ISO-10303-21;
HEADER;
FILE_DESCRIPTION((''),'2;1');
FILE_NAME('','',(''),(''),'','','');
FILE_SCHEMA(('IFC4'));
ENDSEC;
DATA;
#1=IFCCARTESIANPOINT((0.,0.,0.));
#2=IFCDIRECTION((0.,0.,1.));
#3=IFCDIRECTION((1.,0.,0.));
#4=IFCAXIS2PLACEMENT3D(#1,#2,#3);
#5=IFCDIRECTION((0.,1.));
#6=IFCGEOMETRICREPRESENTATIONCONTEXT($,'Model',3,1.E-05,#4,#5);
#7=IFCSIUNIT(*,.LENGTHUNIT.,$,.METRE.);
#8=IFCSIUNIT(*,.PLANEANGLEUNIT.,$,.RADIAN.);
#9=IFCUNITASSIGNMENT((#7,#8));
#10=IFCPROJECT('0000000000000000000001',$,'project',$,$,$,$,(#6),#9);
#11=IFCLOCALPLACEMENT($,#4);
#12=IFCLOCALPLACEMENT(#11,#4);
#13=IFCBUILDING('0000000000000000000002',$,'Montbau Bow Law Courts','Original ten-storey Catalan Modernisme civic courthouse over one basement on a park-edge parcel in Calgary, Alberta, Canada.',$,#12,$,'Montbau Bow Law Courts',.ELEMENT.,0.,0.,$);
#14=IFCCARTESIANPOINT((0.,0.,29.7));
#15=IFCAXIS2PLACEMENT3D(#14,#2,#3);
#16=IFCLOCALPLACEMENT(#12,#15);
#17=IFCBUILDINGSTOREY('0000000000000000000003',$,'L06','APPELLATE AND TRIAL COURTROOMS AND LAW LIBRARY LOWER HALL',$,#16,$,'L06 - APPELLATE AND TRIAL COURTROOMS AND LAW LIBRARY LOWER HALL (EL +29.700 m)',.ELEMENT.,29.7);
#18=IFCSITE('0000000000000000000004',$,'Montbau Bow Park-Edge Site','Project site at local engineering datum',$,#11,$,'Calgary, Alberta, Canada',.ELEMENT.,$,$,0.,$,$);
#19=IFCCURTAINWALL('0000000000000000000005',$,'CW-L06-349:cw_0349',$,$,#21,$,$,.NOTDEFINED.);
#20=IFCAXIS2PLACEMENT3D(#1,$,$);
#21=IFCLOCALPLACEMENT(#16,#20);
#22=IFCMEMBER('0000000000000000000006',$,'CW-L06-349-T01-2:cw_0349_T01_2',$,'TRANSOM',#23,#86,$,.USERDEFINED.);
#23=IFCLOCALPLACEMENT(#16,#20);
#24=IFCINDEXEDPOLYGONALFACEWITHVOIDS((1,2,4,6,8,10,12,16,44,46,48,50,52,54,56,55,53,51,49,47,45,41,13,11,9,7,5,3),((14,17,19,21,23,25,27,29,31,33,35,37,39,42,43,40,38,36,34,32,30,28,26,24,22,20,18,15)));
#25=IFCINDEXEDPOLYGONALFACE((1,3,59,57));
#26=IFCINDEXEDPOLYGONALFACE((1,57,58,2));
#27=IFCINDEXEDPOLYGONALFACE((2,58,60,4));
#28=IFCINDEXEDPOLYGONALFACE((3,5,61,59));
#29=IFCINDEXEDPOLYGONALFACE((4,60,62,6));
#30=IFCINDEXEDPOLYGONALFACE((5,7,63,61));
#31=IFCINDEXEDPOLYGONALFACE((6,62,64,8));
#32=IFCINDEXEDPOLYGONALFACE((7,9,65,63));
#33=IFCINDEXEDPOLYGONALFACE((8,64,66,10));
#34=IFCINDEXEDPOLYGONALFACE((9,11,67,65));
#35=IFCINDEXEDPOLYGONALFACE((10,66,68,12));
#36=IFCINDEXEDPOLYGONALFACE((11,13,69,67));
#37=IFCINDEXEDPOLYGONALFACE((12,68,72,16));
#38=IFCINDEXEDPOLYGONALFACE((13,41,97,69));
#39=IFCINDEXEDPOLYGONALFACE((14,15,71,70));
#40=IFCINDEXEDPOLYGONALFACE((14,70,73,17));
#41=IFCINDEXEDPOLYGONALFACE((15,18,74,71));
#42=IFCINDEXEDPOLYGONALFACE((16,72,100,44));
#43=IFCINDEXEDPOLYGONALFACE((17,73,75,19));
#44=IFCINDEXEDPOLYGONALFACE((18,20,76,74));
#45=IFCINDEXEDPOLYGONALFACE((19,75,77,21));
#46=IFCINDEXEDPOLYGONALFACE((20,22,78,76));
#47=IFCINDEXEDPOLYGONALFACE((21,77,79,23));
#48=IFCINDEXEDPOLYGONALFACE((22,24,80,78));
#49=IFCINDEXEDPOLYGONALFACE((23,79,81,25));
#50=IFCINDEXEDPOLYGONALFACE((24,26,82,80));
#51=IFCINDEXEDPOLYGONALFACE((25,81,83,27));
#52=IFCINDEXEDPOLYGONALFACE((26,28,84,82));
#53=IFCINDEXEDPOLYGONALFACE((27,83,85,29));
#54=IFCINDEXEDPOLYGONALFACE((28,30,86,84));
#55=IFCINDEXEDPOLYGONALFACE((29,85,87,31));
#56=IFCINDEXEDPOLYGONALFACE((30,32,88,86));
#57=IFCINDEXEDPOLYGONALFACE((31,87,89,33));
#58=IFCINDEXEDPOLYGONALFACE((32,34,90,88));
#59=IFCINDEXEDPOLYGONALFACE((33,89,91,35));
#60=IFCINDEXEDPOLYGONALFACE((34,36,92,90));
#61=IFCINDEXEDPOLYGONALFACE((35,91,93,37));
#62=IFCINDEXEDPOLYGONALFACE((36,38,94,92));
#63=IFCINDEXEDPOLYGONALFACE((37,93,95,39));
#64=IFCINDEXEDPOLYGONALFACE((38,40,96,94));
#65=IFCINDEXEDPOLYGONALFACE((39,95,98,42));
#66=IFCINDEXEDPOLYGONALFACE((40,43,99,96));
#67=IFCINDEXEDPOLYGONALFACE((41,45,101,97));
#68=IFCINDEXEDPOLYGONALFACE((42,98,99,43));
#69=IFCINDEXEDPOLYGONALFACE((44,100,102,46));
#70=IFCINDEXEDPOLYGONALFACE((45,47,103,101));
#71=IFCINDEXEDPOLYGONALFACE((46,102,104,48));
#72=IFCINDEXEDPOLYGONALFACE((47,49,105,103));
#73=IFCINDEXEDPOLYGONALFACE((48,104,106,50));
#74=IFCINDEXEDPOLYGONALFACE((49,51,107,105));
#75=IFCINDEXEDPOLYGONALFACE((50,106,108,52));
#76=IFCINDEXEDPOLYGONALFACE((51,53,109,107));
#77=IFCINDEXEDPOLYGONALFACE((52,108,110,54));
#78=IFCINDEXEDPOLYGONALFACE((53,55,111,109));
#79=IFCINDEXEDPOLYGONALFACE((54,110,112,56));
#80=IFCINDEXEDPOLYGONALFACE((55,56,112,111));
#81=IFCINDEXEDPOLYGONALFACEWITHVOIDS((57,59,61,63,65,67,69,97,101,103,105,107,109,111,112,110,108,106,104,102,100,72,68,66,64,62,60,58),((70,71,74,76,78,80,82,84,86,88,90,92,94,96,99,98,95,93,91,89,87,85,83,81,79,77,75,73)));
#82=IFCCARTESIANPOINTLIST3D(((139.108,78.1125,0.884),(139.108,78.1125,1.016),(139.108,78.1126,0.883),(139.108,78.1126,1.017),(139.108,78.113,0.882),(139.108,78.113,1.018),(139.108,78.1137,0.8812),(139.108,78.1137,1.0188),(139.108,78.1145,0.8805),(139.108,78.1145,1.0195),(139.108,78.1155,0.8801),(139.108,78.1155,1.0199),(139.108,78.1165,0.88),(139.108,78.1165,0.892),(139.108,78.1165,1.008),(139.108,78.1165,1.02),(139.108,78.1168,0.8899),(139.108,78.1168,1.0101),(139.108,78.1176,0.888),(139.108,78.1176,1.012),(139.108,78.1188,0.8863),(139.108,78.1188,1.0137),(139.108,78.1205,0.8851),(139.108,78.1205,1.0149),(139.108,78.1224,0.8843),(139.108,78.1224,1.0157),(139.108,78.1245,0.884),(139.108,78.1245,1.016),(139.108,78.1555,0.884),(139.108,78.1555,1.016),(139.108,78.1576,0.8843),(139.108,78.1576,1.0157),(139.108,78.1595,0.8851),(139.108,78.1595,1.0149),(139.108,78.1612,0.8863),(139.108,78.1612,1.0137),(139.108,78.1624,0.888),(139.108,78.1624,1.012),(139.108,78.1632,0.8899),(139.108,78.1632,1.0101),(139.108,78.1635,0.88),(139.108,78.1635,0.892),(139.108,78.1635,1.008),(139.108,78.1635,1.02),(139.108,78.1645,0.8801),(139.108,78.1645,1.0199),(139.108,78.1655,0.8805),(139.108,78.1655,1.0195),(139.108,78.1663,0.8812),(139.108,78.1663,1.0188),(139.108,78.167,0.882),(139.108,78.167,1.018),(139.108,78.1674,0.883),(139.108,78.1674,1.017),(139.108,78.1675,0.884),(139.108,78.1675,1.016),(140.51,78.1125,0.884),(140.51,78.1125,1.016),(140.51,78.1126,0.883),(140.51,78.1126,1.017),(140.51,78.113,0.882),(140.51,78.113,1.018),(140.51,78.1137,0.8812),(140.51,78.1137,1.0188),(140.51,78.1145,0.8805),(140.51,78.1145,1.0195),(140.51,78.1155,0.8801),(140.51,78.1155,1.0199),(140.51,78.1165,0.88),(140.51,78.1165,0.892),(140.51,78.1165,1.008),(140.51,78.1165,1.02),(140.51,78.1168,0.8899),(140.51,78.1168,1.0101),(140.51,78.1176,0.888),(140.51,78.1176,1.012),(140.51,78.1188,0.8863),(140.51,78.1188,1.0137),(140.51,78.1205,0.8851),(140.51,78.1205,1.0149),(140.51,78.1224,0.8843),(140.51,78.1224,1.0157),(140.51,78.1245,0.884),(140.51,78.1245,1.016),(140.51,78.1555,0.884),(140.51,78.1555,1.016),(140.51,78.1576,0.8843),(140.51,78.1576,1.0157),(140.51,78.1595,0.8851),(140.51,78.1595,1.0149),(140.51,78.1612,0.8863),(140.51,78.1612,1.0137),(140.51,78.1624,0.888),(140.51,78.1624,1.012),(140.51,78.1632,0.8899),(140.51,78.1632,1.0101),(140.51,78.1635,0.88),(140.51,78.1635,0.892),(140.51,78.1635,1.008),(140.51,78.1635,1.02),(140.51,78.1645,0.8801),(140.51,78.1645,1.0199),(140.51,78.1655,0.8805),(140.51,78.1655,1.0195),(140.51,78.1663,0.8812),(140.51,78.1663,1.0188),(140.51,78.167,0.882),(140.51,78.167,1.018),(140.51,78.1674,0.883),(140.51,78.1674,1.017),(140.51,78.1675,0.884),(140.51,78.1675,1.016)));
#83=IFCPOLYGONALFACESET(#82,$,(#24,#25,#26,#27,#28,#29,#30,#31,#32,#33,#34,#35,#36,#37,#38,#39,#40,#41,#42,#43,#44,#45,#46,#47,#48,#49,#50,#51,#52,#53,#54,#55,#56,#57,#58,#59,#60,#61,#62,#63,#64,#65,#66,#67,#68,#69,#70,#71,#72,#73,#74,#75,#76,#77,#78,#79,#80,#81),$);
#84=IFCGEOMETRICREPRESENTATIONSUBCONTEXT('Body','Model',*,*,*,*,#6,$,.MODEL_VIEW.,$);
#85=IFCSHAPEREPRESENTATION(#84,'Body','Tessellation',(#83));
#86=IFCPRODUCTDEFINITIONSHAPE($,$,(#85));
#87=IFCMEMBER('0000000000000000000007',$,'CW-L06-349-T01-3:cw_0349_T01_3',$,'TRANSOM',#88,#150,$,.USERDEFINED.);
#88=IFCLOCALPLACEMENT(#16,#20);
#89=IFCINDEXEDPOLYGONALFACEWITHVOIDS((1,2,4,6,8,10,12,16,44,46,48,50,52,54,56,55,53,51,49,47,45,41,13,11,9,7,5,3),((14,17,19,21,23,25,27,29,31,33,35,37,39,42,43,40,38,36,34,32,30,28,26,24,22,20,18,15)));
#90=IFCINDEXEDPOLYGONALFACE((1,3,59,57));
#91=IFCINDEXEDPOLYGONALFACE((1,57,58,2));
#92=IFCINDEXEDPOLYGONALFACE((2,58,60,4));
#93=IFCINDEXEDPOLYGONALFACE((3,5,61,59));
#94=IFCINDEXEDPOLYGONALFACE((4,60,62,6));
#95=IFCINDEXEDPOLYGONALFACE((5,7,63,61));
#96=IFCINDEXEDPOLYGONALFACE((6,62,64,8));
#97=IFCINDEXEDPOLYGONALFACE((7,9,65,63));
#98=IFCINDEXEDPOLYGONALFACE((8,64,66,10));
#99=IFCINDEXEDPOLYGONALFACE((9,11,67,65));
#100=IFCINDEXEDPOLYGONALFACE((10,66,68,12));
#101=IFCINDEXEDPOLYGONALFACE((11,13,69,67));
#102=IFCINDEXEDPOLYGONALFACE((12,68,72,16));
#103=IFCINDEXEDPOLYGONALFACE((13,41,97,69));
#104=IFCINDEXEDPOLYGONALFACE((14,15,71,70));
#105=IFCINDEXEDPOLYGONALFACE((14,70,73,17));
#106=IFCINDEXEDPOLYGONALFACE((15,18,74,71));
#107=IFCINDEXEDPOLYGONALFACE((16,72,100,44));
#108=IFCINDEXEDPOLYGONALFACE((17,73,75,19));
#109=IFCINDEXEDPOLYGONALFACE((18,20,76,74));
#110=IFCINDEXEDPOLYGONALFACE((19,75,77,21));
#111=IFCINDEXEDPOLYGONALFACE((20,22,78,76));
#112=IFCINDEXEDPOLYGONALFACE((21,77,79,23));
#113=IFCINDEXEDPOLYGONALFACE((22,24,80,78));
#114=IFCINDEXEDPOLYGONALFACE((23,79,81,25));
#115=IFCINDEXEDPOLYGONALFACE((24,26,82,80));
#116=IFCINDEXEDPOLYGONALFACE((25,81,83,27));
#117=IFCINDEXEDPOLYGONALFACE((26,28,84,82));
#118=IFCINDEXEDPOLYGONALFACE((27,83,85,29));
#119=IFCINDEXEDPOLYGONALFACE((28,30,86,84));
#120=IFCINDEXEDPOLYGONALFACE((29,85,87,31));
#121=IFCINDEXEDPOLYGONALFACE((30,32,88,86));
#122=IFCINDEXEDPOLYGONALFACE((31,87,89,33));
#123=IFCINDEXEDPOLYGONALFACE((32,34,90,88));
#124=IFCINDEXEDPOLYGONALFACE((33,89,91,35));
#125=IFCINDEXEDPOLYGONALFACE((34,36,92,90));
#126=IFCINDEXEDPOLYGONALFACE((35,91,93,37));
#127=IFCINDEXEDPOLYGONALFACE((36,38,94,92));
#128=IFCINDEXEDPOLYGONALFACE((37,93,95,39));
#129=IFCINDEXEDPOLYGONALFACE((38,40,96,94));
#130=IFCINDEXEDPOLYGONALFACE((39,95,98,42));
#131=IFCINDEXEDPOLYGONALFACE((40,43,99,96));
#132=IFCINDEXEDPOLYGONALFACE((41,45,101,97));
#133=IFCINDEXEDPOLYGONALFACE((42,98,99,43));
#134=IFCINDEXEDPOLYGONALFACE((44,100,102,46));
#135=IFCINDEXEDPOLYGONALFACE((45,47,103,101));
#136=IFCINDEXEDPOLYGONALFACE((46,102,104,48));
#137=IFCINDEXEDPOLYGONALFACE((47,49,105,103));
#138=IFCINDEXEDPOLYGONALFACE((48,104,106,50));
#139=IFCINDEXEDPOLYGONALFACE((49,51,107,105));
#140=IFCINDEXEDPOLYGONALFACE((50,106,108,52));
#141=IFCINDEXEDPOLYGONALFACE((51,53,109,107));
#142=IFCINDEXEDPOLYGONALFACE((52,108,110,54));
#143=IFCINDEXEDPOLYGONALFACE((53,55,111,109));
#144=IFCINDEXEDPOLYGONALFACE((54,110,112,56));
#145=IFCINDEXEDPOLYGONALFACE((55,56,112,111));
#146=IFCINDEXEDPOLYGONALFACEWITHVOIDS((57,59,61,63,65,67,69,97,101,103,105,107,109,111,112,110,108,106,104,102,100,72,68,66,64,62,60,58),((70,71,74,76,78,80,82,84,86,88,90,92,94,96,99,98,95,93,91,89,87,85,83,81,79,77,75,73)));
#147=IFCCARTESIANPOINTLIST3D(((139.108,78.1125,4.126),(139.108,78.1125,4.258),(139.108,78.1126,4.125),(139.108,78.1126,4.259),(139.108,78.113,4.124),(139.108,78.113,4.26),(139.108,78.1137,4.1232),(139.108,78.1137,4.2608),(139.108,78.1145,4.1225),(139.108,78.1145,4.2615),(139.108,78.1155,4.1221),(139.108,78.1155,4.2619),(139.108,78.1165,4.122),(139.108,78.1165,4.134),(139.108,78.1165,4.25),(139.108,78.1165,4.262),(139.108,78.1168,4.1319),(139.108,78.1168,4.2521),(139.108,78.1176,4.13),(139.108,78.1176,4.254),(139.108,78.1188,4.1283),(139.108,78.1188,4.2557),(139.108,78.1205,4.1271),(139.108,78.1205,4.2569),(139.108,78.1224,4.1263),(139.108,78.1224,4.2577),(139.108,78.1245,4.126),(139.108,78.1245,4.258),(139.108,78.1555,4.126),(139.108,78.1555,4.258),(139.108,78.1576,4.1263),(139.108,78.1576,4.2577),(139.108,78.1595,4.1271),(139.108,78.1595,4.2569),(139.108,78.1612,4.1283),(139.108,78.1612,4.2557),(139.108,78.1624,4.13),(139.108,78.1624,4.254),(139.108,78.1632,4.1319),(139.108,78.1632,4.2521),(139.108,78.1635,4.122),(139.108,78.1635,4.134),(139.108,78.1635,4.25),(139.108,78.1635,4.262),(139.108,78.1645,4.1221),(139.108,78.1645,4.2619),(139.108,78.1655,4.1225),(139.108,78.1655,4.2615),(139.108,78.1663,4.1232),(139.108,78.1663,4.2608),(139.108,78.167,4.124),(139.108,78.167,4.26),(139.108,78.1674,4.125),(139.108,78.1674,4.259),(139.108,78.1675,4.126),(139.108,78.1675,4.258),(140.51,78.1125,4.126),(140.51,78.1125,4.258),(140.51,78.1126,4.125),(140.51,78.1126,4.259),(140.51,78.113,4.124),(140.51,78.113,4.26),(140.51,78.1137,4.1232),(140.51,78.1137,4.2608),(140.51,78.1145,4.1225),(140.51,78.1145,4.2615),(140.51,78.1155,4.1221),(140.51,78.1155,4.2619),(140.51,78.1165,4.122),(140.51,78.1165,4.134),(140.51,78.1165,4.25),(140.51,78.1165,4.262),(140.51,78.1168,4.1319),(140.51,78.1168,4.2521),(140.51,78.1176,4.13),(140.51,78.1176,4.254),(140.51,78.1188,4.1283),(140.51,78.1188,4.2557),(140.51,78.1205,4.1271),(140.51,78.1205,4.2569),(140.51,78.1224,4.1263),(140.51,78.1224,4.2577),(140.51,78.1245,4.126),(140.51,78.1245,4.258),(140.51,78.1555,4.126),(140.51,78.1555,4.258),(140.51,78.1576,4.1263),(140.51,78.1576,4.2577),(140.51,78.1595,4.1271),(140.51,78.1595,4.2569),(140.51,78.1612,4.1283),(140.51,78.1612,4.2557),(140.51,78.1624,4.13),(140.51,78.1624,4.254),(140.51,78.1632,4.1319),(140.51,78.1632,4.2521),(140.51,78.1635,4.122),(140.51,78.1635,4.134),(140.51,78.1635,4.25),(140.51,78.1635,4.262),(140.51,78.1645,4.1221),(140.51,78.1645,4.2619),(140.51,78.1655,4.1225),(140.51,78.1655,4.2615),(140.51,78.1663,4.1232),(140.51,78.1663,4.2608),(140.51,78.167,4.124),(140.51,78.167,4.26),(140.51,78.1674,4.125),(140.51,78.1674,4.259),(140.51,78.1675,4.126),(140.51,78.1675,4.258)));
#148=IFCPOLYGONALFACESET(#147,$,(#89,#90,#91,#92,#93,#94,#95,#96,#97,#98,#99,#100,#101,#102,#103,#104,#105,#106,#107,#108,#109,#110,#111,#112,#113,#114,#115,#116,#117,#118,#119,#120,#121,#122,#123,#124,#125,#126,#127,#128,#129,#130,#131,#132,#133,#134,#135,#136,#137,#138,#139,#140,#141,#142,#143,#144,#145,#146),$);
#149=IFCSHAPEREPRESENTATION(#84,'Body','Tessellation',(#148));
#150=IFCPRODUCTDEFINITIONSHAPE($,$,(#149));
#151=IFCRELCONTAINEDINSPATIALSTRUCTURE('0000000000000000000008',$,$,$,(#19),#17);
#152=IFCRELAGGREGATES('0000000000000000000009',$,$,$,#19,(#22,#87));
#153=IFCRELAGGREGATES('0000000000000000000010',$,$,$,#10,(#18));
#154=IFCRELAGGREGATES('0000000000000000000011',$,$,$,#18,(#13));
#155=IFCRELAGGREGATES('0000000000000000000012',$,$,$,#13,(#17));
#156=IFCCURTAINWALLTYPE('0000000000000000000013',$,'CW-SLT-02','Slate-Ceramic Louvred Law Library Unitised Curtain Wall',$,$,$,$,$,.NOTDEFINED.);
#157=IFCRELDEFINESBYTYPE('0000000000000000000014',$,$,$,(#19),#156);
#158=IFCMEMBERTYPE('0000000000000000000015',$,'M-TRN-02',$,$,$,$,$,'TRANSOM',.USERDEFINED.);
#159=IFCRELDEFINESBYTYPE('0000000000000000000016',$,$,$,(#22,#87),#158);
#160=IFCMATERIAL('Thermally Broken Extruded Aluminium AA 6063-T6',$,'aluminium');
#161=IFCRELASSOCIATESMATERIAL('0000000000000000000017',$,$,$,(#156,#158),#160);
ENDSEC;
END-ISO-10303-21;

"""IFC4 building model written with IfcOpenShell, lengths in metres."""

from ifc_helpers import new_model, si_unit, direction, frame, origin_with_axes, origin_2d_with_axis, place, context, subcontext, project, spatial, hollow_rectangle, extrude, material, material_profile, profile_set, type_object, element, aggregate, save


model = new_model("IFC4")

# Units and contexts
model_context = context("Model", 3, precision=1e-05, world=origin_with_axes(), true_north=direction((0.0, 1.0)))
body_context = subcontext(model_context, "Body", "Model", "MODEL_VIEW")
ifc_project = project(units=[si_unit("LENGTHUNIT", "METRE"), si_unit("PLANEANGLEUNIT", "RADIAN")], contexts=[model_context])

# Site, building, storey
site_placement = place(None, origin_with_axes())
site = spatial("IfcSite", under=ifc_project, at=site_placement, Name="Montbau Bow Park-Edge Site", Description="Project site at local engineering datum", LongName="Calgary, Alberta, Canada", CompositionType="ELEMENT", RefElevation=0.0)
building_placement = place(site_placement, origin_with_axes())
building = spatial("IfcBuilding", under=site, at=building_placement, Name="Montbau Bow Law Courts", Description="Original ten-storey Catalan Modernisme civic courthouse over one basement on a park-edge parcel in Calgary, Alberta, Canada.", LongName="Montbau Bow Law Courts", CompositionType="ELEMENT", ElevationOfRefHeight=0.0, ElevationOfTerrain=0.0)
storey_placement = place(building_placement, frame((0.0, 0.0, 29.7), z_axis=(0.0, 0.0, 1.0), x_axis=(1.0, 0.0, 0.0)))
storey = spatial("IfcBuildingStorey", under=building, at=storey_placement, Name="L06", Description="APPELLATE AND TRIAL COURTROOMS AND LAW LIBRARY LOWER HALL", LongName="L06 - APPELLATE AND TRIAL COURTROOMS AND LAW LIBRARY LOWER HALL (EL +29.700 m)", CompositionType="ELEMENT", Elevation=29.7)

# Curtain wall, members
ifc_material_1 = material(Name="Thermally Broken Extruded Aluminium AA 6063-T6", Category="aluminium")
curtain_wall_type = type_object("IfcCurtainWallType", Name="CW-SLT-02", Description="Slate-Ceramic Louvred Law Library Unitised Curtain Wall", PredefinedType="NOTDEFINED", material=ifc_material_1)
curtain_wall_placement = place(None, frame((139.04, 78.14, 29.7), z_axis=(0.0, 0.0, 1.0), x_axis=(1.0, 0.0, 0.0)))
curtain_wall = element("IfcCurtainWall", 1, at=curtain_wall_placement, inside=storey, type_object=curtain_wall_type, Name="CW-L06-349:cw_0349", PredefinedType="NOTDEFINED")
ifc_material_profile_1 = material_profile(ifc_material_1, hollow_rectangle(XDim=0.055, YDim=0.14, WallThickness=0.004, InnerFilletRadius=0.008, OuterFilletRadius=0.004, at=origin_2d_with_axis()), Name="CWT-140X55", Category="Main", Priority=0)
ifc_profile_set_1 = profile_set([ifc_material_profile_1], Name="Thermally Broken Extruded Aluminium AA 6063-T6")
member_type_1 = type_object("IfcMemberType", Name="M-TRN-02", ElementType="TRANSOM", PredefinedType="USERDEFINED", material=ifc_profile_set_1)
member_1_placement = place(None, frame((139.108, 78.14, 30.65), z_axis=(1.0, 0.0, 0.0), x_axis=(0.0, 1.0, 0.0)))
member_1 = element("IfcMember", 2, at=member_1_placement, type_object=member_type_1, Name="CW-L06-349-T01-2:cw_0349_T01_2", ObjectType="TRANSOM", PredefinedType="USERDEFINED", context=body_context, shape_type="SweptSolid", body=[
    extrude(hollow_rectangle(XDim=0.055, YDim=0.14, WallThickness=0.004, InnerFilletRadius=0.008, OuterFilletRadius=0.004, at=origin_2d_with_axis()), origin_with_axes(), (0.0, 0.0, 1.0), 1.402),
])
member_2_placement = place(None, frame((139.108, 78.14, 33.892), z_axis=(1.0, 0.0, 0.0), x_axis=(0.0, 1.0, 0.0)))
member_2 = element("IfcMember", 3, at=member_2_placement, type_object=member_type_1, Name="CW-L06-349-T01-3:cw_0349_T01_3", ObjectType="TRANSOM", PredefinedType="USERDEFINED", context=body_context, shape_type="SweptSolid", body=[
    extrude(hollow_rectangle(XDim=0.055, YDim=0.14, WallThickness=0.004, InnerFilletRadius=0.008, OuterFilletRadius=0.004, at=origin_2d_with_axis()), origin_with_axes(), (0.0, 0.0, 1.0), 1.402),
])
aggregate(curtain_wall, [member_1, member_2])

save(model, "model.ifc")
